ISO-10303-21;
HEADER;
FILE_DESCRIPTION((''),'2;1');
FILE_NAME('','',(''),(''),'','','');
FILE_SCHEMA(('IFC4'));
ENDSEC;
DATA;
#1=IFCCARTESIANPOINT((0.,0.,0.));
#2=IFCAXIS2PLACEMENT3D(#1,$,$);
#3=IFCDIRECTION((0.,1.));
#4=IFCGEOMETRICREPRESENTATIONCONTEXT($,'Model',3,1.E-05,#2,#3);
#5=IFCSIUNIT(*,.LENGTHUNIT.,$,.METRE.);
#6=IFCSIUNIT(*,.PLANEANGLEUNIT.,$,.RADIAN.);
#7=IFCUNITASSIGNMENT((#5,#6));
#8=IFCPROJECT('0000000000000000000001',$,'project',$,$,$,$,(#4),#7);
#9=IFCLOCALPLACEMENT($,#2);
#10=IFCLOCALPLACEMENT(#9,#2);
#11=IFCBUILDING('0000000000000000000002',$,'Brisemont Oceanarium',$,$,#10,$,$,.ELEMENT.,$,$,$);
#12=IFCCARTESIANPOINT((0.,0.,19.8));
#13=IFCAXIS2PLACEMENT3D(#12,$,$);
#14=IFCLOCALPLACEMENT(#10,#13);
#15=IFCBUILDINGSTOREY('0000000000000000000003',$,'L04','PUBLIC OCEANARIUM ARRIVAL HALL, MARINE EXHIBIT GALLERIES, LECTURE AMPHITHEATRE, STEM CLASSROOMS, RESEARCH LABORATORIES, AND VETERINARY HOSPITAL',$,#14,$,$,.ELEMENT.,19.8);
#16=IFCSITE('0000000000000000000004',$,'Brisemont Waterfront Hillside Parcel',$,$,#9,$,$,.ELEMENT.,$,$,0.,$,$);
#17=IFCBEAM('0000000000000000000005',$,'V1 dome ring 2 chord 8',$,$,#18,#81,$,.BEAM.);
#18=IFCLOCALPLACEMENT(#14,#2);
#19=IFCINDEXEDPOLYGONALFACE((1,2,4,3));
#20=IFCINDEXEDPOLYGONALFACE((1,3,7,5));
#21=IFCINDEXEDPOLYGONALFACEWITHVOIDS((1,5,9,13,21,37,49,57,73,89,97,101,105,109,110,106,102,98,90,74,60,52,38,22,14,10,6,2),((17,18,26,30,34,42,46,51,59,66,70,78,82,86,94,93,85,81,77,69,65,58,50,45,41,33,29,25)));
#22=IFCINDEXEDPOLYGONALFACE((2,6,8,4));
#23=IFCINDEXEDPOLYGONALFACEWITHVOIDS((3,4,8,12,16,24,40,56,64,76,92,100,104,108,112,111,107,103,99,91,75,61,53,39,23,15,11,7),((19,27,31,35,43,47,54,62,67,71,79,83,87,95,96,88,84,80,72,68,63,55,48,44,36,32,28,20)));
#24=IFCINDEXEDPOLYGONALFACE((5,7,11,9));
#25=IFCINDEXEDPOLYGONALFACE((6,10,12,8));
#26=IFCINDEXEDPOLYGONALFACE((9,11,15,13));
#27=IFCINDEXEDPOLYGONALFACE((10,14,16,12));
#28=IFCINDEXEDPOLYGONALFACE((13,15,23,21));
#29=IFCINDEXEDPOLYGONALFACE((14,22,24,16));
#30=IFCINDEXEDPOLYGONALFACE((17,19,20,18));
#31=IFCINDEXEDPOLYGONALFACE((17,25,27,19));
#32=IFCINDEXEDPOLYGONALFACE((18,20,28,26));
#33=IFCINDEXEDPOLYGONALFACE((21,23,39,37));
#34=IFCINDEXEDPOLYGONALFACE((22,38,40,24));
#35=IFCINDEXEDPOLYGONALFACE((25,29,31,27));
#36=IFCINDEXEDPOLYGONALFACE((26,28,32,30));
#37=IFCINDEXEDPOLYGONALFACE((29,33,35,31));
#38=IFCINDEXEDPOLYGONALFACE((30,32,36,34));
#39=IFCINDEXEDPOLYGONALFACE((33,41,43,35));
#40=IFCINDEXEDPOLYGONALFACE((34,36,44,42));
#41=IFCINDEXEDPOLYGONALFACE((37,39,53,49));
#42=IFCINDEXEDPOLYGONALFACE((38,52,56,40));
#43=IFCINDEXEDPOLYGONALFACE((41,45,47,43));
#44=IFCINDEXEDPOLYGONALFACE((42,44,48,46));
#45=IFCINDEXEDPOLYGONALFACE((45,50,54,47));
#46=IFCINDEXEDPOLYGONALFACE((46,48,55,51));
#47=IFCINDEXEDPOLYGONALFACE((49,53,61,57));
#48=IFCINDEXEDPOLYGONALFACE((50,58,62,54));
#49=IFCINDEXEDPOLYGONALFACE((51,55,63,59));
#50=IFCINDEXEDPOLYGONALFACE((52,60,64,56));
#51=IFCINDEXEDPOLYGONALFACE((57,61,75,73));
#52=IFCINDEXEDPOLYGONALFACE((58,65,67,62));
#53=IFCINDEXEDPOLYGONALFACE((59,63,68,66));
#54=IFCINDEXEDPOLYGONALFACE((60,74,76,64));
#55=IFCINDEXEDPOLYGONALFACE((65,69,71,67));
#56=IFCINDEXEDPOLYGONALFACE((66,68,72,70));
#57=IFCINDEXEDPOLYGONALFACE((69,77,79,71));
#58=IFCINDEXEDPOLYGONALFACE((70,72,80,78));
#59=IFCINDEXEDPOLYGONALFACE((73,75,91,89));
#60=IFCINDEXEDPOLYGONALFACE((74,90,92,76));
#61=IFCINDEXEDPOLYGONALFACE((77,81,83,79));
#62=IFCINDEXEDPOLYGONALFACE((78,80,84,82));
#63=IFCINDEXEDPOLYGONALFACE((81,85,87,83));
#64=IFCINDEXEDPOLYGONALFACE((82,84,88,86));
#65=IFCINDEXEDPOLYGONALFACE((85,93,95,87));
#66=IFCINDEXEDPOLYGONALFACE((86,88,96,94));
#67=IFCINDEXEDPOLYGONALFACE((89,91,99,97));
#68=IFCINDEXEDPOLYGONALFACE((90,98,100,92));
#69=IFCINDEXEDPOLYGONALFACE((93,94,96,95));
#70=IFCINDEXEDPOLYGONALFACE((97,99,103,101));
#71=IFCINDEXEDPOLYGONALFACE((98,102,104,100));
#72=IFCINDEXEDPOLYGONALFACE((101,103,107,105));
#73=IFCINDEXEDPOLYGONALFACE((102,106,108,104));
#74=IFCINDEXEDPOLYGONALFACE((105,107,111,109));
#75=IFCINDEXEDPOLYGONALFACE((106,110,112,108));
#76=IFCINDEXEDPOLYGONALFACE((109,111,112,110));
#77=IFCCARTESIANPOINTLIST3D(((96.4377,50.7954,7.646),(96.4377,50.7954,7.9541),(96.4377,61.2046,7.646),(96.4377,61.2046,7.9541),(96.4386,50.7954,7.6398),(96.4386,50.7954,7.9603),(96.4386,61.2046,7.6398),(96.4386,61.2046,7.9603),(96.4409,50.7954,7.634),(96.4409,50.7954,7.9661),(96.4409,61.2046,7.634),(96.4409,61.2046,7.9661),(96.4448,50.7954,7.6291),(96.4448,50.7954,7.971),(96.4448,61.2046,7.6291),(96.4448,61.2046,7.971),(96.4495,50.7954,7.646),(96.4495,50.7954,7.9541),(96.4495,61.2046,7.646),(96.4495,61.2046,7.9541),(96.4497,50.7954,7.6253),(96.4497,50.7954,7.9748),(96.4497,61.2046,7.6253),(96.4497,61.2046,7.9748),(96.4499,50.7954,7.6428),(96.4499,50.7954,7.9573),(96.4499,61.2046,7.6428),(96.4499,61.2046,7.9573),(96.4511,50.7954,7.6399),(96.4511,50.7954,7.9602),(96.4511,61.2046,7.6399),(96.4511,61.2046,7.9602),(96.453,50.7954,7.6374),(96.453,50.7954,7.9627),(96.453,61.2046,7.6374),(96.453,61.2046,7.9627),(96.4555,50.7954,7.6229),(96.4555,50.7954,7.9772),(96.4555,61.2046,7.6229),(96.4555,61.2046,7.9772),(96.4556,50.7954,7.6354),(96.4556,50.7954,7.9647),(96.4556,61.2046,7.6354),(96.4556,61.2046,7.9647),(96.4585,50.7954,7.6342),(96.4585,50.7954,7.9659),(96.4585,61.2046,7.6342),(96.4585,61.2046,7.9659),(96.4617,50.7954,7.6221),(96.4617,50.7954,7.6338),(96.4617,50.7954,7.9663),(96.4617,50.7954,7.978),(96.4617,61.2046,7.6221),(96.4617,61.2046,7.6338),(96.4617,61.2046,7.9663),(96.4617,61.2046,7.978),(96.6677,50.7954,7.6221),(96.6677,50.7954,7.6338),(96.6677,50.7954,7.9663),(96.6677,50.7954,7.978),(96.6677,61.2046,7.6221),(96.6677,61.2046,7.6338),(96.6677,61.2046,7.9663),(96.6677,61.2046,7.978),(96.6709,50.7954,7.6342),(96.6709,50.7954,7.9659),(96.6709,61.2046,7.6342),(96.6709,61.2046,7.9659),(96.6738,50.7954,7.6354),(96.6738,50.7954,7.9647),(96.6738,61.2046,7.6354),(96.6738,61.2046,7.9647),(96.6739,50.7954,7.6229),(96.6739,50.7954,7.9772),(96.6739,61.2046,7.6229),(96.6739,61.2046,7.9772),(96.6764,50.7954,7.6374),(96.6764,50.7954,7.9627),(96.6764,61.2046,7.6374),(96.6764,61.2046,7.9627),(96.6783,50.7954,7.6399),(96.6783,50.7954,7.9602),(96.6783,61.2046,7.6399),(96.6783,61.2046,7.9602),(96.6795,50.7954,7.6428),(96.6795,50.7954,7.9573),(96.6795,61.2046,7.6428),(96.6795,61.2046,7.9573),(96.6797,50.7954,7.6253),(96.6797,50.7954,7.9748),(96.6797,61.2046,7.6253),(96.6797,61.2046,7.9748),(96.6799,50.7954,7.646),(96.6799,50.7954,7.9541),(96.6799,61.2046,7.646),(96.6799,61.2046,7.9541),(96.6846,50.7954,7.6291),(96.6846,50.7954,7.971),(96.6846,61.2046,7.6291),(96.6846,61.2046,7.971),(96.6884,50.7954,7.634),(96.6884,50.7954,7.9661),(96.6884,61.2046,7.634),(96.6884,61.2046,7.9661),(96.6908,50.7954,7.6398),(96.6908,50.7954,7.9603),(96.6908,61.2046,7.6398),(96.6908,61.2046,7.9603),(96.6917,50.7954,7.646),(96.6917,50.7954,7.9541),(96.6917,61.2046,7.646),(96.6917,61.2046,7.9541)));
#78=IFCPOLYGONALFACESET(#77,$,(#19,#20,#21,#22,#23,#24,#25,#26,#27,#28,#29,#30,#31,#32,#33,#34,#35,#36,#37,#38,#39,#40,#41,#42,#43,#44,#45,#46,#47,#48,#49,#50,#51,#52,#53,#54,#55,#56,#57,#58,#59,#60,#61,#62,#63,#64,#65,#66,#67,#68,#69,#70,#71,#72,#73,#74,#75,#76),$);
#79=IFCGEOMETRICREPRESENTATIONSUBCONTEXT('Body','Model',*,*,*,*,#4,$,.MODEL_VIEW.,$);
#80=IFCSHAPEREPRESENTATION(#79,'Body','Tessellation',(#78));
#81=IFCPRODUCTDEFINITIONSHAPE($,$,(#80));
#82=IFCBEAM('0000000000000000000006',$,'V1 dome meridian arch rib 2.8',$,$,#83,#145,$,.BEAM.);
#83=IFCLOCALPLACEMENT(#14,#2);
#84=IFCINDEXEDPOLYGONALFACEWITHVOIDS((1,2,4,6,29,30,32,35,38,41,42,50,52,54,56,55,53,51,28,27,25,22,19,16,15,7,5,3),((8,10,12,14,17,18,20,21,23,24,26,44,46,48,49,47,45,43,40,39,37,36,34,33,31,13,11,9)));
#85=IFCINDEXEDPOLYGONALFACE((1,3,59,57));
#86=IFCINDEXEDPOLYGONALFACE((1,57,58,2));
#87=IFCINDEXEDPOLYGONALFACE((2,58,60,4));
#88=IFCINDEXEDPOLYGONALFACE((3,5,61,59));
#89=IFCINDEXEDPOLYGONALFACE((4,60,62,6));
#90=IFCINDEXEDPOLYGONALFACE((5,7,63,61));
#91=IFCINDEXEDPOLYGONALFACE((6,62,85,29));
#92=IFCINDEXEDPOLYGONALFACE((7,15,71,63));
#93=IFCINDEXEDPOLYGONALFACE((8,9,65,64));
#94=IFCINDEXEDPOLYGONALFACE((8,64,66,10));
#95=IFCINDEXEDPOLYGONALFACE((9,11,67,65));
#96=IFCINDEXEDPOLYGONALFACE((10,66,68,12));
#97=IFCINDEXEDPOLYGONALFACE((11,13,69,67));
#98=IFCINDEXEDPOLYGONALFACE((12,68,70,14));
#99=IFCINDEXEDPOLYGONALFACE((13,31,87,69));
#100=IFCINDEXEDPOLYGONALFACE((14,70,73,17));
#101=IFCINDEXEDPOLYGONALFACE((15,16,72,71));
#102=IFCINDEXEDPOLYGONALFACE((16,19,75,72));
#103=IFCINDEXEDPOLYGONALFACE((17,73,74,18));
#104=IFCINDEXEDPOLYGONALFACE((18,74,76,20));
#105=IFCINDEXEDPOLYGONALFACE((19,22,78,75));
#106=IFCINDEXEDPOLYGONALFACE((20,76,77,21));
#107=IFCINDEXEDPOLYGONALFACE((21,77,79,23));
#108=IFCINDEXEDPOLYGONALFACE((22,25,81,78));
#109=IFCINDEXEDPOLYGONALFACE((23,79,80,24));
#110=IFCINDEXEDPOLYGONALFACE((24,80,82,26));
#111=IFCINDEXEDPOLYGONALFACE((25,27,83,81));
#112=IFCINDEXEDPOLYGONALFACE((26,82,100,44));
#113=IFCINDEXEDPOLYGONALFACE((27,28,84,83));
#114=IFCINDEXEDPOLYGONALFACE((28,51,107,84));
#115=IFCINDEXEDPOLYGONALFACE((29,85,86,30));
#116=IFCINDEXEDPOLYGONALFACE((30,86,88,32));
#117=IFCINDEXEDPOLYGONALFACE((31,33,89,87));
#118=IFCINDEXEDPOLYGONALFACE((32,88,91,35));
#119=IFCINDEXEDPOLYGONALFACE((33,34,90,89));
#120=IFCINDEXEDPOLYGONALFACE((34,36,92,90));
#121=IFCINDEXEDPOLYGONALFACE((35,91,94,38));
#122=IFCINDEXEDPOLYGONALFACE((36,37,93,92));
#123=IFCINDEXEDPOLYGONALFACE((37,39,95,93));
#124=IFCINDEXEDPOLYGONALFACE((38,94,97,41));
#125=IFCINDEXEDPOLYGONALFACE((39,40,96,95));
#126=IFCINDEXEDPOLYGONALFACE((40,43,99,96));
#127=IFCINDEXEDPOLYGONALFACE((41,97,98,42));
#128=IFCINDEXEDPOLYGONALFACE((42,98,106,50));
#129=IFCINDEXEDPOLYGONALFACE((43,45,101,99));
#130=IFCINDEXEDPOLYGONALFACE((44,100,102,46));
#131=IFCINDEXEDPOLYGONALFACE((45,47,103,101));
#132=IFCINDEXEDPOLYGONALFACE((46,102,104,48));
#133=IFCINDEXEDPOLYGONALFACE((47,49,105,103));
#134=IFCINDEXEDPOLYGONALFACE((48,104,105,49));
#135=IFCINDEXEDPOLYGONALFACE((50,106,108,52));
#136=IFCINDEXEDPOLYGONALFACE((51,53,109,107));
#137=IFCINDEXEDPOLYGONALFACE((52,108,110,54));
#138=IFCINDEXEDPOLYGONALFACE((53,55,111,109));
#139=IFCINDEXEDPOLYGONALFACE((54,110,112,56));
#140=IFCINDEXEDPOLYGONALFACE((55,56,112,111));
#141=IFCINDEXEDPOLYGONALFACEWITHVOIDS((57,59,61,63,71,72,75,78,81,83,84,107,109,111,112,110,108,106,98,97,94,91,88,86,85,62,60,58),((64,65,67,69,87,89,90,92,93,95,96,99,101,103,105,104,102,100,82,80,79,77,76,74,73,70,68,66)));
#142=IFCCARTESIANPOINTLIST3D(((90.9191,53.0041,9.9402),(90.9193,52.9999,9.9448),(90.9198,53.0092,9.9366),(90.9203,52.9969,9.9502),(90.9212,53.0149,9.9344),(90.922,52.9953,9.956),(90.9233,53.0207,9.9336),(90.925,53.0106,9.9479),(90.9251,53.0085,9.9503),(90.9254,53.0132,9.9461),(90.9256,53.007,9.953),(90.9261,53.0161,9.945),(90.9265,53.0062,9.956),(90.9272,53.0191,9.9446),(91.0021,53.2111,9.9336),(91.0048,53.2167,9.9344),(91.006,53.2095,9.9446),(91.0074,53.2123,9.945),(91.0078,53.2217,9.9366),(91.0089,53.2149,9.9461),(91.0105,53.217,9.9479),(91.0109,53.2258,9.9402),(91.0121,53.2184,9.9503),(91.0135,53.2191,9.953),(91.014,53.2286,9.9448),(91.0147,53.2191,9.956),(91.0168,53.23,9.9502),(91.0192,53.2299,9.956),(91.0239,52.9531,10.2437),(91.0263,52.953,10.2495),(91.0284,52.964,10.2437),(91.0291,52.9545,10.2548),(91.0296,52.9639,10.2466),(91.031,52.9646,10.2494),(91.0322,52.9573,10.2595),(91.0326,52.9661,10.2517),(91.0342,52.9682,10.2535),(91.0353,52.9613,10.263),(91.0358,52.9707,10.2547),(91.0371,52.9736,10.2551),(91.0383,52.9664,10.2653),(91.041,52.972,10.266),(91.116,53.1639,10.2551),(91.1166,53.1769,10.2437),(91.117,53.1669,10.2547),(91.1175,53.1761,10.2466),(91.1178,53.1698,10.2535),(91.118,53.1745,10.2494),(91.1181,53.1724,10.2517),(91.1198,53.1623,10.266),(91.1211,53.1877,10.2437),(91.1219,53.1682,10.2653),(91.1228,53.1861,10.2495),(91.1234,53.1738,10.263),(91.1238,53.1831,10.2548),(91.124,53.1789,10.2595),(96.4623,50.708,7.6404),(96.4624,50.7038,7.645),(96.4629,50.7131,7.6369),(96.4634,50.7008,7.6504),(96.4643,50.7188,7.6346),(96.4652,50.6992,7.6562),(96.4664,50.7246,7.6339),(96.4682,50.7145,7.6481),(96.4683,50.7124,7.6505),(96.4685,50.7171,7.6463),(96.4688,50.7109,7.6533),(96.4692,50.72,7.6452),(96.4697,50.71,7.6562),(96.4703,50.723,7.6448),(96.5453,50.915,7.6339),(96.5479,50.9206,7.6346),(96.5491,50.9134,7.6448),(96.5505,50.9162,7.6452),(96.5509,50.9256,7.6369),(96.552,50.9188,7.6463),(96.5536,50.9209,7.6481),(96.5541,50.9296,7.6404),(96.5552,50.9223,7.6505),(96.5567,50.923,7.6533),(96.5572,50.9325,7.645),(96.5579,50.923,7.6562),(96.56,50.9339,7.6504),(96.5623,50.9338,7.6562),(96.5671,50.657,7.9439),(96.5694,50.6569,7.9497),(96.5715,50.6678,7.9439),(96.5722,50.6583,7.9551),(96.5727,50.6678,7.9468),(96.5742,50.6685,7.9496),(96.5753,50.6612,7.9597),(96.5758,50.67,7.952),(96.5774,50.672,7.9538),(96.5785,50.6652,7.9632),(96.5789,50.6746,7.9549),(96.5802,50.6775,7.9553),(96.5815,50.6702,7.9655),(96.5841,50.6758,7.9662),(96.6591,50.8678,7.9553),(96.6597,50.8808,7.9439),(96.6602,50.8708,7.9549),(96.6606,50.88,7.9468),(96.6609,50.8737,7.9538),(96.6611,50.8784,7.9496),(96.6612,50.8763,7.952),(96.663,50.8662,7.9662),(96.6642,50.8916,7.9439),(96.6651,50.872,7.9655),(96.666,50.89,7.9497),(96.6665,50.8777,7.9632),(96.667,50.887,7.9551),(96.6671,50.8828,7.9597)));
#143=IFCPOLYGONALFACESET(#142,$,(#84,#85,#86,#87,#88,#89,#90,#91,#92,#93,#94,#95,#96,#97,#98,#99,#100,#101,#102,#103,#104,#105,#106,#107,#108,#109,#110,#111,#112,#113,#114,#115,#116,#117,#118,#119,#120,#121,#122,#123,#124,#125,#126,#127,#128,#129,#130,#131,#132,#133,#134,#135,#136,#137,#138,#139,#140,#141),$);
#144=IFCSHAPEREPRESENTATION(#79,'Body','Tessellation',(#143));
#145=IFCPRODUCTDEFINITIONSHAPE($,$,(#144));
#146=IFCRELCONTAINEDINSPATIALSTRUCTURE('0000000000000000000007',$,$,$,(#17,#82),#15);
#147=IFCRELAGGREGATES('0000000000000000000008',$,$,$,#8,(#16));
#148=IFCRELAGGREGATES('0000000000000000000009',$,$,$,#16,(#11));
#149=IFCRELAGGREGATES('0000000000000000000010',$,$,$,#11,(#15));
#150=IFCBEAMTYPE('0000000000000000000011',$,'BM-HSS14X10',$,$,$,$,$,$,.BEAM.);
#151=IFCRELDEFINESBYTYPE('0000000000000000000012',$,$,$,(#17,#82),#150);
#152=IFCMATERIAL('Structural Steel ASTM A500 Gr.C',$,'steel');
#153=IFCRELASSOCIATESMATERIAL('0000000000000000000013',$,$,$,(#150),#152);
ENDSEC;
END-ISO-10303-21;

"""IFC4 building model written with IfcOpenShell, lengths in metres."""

from ifc_helpers import new_model, si_unit, direction, frame, origin, origin_2d, place, context, subcontext, project, spatial, hollow_rectangle, extrude, material, material_profile, profile_set, type_object, element, save


model = new_model("IFC4")

# Units and contexts
model_context = context("Model", 3, precision=1e-05, world=origin(), true_north=direction((0.0, 1.0)))
body_context = subcontext(model_context, "Body", "Model", "MODEL_VIEW")
ifc_project = project(units=[si_unit("LENGTHUNIT", "METRE"), si_unit("PLANEANGLEUNIT", "RADIAN")], contexts=[model_context])

# Site, building, storey
site_placement = place(None, origin())
site = spatial("IfcSite", under=ifc_project, at=site_placement, Name="Brisemont Waterfront Hillside Parcel", CompositionType="ELEMENT", RefElevation=0.0)
building_placement = place(site_placement, origin())
building = spatial("IfcBuilding", under=site, at=building_placement, Name="Brisemont Oceanarium", CompositionType="ELEMENT")
storey_placement = place(building_placement, frame((0.0, 0.0, 19.8)))
storey = spatial("IfcBuildingStorey", under=building, at=storey_placement, Name="L04", Description="PUBLIC OCEANARIUM ARRIVAL HALL, MARINE EXHIBIT GALLERIES, LECTURE AMPHITHEATRE, STEM CLASSROOMS, RESEARCH LABORATORIES, AND VETERINARY HOSPITAL", CompositionType="ELEMENT", Elevation=19.8)

# Beams
ifc_material_1 = material(Name="Structural Steel ASTM A500 Gr.C", Category="steel")
ifc_material_profile_1 = material_profile(ifc_material_1, hollow_rectangle(XDim=0.2539, YDim=0.356, WallThickness=0.0117, InnerFilletRadius=0.0122, OuterFilletRadius=0.0239, at=origin_2d()), Name="HSS14X10X1/2")
ifc_profile_set_1 = profile_set([ifc_material_profile_1], Name="Structural Steel ASTM A500 Gr.C")
beam_type_1 = type_object("IfcBeamType", Name="BM-HSS14X10", PredefinedType="BEAM", material=ifc_profile_set_1)
beam_1_placement = place(storey_placement, frame((96.5647, 50.7954, 7.8), z_axis=(0.0, 1.0, 0.0), x_axis=(-1.0, 0.0, 0.0)))
element("IfcBeam", 1, at=beam_1_placement, inside=storey, type_object=beam_type_1, Name="V1 dome ring 2 chord 8", PredefinedType="BEAM", context=body_context, shape_type="SweptSolid", body=[
    extrude(hollow_rectangle(XDim=0.2539, YDim=0.356, WallThickness=0.0117, InnerFilletRadius=0.0122, OuterFilletRadius=0.0239, at=origin_2d()), origin(), (0.0, 0.0, 1.0), 10.4092),
])
beam_2_placement = place(storey_placement, frame((96.5647, 50.7954, 7.8), z_axis=(-0.862674, 0.357342, 0.357912), x_axis=(-0.382693, -0.923875, 0.0)))
element("IfcBeam", 2, at=beam_2_placement, inside=storey, type_object=beam_type_1, Name="V1 dome meridian arch rib 2.8", PredefinedType="BEAM", context=body_context, shape_type="SweptSolid", body=[
    extrude(hollow_rectangle(XDim=0.2539, YDim=0.356, WallThickness=0.0117, InnerFilletRadius=0.0122, OuterFilletRadius=0.0239, at=origin_2d()), origin(), (0.0, 0.0, 1.0), 6.4255),
])

save(model, "model.ifc")
